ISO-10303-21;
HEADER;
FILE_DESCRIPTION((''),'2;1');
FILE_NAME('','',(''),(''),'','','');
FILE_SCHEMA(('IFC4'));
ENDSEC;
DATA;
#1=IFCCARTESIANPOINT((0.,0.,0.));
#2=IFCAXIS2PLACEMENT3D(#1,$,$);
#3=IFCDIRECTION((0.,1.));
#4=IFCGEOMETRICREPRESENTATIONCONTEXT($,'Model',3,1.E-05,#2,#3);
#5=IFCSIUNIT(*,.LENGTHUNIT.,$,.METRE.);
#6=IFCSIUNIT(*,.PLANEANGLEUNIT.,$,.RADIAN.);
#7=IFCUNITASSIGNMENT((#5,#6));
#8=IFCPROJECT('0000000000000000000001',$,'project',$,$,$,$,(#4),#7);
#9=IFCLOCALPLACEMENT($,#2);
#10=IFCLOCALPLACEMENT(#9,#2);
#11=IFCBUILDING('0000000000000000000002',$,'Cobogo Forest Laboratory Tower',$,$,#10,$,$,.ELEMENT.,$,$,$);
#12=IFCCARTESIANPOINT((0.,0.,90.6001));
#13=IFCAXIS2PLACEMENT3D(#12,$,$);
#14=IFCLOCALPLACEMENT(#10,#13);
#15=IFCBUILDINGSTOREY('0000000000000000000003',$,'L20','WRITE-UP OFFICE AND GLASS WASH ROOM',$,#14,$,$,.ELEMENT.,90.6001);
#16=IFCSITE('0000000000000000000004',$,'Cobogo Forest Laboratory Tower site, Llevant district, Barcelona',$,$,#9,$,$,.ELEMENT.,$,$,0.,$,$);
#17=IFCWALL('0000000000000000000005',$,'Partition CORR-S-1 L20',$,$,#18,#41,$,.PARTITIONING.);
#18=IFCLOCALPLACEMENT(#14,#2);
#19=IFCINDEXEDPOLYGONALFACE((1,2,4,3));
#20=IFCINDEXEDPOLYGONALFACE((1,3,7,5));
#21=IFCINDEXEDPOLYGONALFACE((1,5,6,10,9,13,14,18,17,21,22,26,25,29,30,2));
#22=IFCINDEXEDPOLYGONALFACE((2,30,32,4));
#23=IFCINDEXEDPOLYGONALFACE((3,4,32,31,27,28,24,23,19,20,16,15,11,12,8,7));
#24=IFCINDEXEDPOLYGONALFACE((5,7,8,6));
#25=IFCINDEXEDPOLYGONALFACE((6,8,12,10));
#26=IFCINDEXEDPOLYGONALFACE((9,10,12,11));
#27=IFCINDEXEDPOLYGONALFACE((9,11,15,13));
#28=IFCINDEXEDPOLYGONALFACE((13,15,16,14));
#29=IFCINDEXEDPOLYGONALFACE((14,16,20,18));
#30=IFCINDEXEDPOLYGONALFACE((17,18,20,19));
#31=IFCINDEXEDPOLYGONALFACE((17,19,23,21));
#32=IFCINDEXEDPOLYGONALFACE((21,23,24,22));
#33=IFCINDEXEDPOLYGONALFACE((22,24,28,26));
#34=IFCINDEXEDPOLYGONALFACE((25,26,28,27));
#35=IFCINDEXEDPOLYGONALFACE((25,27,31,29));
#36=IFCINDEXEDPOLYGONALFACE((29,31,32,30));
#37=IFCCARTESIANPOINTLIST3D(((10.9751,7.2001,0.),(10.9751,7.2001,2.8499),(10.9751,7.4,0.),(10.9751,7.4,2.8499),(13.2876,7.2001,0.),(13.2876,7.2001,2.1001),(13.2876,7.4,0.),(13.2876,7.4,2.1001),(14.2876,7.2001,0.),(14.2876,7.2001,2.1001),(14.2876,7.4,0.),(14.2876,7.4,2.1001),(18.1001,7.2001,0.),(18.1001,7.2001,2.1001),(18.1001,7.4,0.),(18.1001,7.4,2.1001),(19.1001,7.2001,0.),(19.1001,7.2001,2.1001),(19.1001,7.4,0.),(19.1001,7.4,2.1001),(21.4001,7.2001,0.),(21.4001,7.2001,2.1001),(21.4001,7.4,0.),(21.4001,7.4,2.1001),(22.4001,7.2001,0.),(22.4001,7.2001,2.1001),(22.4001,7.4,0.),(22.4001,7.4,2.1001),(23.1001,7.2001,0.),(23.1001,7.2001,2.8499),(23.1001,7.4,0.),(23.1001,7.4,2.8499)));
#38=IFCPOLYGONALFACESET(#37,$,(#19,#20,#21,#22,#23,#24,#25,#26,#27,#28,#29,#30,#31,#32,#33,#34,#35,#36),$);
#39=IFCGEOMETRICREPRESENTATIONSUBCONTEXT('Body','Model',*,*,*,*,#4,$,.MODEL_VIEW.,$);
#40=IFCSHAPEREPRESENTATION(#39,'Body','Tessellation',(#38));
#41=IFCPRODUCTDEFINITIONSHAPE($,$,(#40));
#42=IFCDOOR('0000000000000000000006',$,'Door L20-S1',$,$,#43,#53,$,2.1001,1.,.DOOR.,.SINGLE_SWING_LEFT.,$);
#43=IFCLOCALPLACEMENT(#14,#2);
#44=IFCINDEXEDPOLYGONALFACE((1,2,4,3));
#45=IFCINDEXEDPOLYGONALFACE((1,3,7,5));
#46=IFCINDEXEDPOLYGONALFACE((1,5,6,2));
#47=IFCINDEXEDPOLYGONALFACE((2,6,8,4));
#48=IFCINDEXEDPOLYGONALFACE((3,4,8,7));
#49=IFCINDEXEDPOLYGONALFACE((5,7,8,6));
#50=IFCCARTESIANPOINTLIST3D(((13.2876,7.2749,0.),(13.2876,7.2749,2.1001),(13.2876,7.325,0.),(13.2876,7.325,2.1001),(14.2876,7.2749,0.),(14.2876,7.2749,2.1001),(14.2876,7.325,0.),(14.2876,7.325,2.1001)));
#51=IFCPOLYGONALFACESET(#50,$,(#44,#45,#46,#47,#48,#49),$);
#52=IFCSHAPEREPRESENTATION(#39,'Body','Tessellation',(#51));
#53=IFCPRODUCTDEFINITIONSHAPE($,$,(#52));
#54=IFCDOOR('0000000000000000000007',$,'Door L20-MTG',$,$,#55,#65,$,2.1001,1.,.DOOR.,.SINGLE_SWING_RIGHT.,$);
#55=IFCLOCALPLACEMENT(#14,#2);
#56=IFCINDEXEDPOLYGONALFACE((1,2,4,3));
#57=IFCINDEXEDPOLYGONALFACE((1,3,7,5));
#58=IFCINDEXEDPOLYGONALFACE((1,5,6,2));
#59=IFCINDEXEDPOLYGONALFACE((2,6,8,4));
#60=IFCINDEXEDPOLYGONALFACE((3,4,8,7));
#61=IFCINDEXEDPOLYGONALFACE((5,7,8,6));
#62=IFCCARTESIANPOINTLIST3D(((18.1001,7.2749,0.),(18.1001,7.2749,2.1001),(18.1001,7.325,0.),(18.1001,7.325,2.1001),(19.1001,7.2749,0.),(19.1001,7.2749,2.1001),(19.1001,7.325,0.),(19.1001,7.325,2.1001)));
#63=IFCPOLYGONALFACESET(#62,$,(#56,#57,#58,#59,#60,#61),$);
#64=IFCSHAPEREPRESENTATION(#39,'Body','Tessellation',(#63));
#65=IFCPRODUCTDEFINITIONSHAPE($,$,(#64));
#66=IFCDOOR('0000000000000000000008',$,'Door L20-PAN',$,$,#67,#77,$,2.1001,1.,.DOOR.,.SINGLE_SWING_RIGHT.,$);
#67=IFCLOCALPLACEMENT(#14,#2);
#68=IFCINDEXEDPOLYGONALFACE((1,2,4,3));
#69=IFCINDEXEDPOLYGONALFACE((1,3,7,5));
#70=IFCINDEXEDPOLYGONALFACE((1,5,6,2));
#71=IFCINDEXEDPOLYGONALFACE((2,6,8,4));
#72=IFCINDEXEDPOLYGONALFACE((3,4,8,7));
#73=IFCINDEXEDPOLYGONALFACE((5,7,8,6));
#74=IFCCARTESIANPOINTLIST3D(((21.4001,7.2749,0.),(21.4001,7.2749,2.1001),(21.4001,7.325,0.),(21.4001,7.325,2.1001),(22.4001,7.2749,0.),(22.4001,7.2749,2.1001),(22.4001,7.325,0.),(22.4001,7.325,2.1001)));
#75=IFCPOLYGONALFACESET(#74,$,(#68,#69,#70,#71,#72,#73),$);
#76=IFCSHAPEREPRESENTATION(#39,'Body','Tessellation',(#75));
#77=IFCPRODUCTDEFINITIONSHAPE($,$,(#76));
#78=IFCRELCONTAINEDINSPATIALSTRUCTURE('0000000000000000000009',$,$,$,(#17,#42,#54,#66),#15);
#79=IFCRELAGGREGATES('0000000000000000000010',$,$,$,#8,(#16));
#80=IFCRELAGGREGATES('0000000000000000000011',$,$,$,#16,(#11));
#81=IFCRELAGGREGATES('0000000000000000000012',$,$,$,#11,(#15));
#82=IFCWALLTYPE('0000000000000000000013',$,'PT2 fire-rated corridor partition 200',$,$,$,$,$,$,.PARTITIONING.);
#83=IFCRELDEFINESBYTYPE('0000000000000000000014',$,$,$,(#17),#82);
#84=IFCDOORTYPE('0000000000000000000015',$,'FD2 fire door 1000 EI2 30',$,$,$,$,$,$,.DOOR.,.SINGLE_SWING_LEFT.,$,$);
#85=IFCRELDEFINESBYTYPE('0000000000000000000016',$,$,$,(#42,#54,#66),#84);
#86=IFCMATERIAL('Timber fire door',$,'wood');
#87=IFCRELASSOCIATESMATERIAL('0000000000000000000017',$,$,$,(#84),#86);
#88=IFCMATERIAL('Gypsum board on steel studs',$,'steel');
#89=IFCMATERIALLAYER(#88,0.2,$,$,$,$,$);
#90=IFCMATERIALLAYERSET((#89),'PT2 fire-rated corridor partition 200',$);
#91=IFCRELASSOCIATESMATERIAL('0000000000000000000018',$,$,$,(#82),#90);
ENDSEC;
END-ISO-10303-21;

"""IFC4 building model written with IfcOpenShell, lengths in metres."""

from ifc_helpers import new_model, si_unit, direction, frame, frame_2d, origin, place, context, subcontext, project, spatial, rectangle, extrude, material, layer, layer_set, type_object, element, fill, save


model = new_model("IFC4")

# Units and contexts
model_context = context("Model", 3, precision=1e-05, world=origin(), true_north=direction((0.0, 1.0)))
body_context = subcontext(model_context, "Body", "Model", "MODEL_VIEW")
ifc_project = project(units=[si_unit("LENGTHUNIT", "METRE"), si_unit("PLANEANGLEUNIT", "RADIAN")], contexts=[model_context])

# Site, building, storey
site_placement = place(None, origin())
site = spatial("IfcSite", under=ifc_project, at=site_placement, Name="Cobogo Forest Laboratory Tower site, Llevant district, Barcelona", CompositionType="ELEMENT", RefElevation=0.0)
building_placement = place(site_placement, origin())
building = spatial("IfcBuilding", under=site, at=building_placement, Name="Cobogo Forest Laboratory Tower", CompositionType="ELEMENT")
storey_placement = place(building_placement, frame((0.0, 0.0, 90.6001)))
storey = spatial("IfcBuildingStorey", under=building, at=storey_placement, Name="L20", Description="WRITE-UP OFFICE AND GLASS WASH ROOM", CompositionType="ELEMENT", Elevation=90.6001)

# Shared definitions
ifc_material_1 = material(Name="Gypsum board on steel studs", Category="steel")
ifc_material_2 = material(Name="Timber fire door", Category="wood")
door_type_1 = type_object("IfcDoorType", Name="FD2 fire door 1000 EI2 30", OperationType="SINGLE_SWING_LEFT", PredefinedType="DOOR", material=ifc_material_2)

# Wall, openings, doors
ifc_layer_1 = layer(ifc_material_1, 0.2)
ifc_layer_set_1 = layer_set([ifc_layer_1], Name="PT2 fire-rated corridor partition 200")
wall_type_1 = type_object("IfcWallType", Name="PT2 fire-rated corridor partition 200", PredefinedType="PARTITIONING", material=ifc_layer_set_1)
wall_1_placement = place(storey_placement, frame((10.9751, 7.3, 0.0), z_axis=(0.0, 0.0, 1.0), x_axis=(1.0, 0.0, 0.0)))
wall_1 = element("IfcWall", 1, at=wall_1_placement, inside=storey, type_object=wall_type_1, Name="Partition CORR-S-1 L20", PredefinedType="PARTITIONING", context=body_context, shape_type="SweptSolid", body=[
    extrude(rectangle(XDim=12.125, YDim=0.2, at=frame_2d((6.0625, 0.0))), origin(), (0.0, 0.0, 1.0), 2.8499),
])
opening_1_placement = place(wall_1_placement, frame((2.3125, 0.0, 0.0)))
opening_1 = element("IfcOpeningElement", 2, at=opening_1_placement, cuts=wall_1, PredefinedType="OPENING", context=body_context, shape_type="SweptSolid", body=[
    extrude(rectangle(XDim=1.0, YDim=2.1001, at=frame_2d((0.5, 1.05))), frame((0.0, 0.1099, 0.0), z_axis=(0.0, -1.0, 0.0), x_axis=(1.0, 0.0, 0.0)), (0.0, 0.0, 1.0), 0.22),
])
opening_2_placement = place(wall_1_placement, frame((7.125, 0.0, 0.0)))
opening_2 = element("IfcOpeningElement", 3, at=opening_2_placement, cuts=wall_1, PredefinedType="OPENING", context=body_context, shape_type="SweptSolid", body=[
    extrude(rectangle(XDim=1.0, YDim=2.1001, at=frame_2d((0.5, 1.05))), frame((0.0, 0.1099, 0.0), z_axis=(0.0, -1.0, 0.0), x_axis=(1.0, 0.0, 0.0)), (0.0, 0.0, 1.0), 0.22),
])
opening_3_placement = place(wall_1_placement, frame((10.425, 0.0, 0.0)))
opening_3 = element("IfcOpeningElement", 4, at=opening_3_placement, cuts=wall_1, PredefinedType="OPENING", context=body_context, shape_type="SweptSolid", body=[
    extrude(rectangle(XDim=1.0, YDim=2.1001, at=frame_2d((0.5, 1.05))), frame((0.0, 0.1099, 0.0), z_axis=(0.0, -1.0, 0.0), x_axis=(1.0, 0.0, 0.0)), (0.0, 0.0, 1.0), 0.22),
])
door_1_placement = place(opening_1_placement, origin())
door_1 = element("IfcDoor", 5, at=door_1_placement, inside=storey, type_object=door_type_1, Name="Door L20-S1", OperationType="SINGLE_SWING_LEFT", OverallHeight=2.1001, OverallWidth=1.0, PredefinedType="DOOR", context=body_context, shape_type="SweptSolid", body=[
    extrude(rectangle(XDim=1.0, YDim=2.1001, at=frame_2d((0.5, 1.05))), frame((0.0, 0.0249, 0.0), z_axis=(0.0, -1.0, 0.0), x_axis=(1.0, 0.0, 0.0)), (0.0, 0.0, 1.0), 0.05),
])
fill(opening_1, door_1)
door_2_placement = place(opening_2_placement, origin())
door_2 = element("IfcDoor", 6, at=door_2_placement, inside=storey, type_object=door_type_1, Name="Door L20-MTG", OperationType="SINGLE_SWING_RIGHT", OverallHeight=2.1001, OverallWidth=1.0, PredefinedType="DOOR", context=body_context, shape_type="SweptSolid", body=[
    extrude(rectangle(XDim=1.0, YDim=2.1001, at=frame_2d((0.5, 1.05))), frame((0.0, 0.0249, 0.0), z_axis=(0.0, -1.0, 0.0), x_axis=(1.0, 0.0, 0.0)), (0.0, 0.0, 1.0), 0.05),
])
fill(opening_2, door_2)
door_3_placement = place(opening_3_placement, origin())
door_3 = element("IfcDoor", 7, at=door_3_placement, inside=storey, type_object=door_type_1, Name="Door L20-PAN", OperationType="SINGLE_SWING_RIGHT", OverallHeight=2.1001, OverallWidth=1.0, PredefinedType="DOOR", context=body_context, shape_type="SweptSolid", body=[
    extrude(rectangle(XDim=1.0, YDim=2.1001, at=frame_2d((0.5, 1.05))), frame((0.0, 0.0249, 0.0), z_axis=(0.0, -1.0, 0.0), x_axis=(1.0, 0.0, 0.0)), (0.0, 0.0, 1.0), 0.05),
])
fill(opening_3, door_3)

save(model, "model.ifc")
